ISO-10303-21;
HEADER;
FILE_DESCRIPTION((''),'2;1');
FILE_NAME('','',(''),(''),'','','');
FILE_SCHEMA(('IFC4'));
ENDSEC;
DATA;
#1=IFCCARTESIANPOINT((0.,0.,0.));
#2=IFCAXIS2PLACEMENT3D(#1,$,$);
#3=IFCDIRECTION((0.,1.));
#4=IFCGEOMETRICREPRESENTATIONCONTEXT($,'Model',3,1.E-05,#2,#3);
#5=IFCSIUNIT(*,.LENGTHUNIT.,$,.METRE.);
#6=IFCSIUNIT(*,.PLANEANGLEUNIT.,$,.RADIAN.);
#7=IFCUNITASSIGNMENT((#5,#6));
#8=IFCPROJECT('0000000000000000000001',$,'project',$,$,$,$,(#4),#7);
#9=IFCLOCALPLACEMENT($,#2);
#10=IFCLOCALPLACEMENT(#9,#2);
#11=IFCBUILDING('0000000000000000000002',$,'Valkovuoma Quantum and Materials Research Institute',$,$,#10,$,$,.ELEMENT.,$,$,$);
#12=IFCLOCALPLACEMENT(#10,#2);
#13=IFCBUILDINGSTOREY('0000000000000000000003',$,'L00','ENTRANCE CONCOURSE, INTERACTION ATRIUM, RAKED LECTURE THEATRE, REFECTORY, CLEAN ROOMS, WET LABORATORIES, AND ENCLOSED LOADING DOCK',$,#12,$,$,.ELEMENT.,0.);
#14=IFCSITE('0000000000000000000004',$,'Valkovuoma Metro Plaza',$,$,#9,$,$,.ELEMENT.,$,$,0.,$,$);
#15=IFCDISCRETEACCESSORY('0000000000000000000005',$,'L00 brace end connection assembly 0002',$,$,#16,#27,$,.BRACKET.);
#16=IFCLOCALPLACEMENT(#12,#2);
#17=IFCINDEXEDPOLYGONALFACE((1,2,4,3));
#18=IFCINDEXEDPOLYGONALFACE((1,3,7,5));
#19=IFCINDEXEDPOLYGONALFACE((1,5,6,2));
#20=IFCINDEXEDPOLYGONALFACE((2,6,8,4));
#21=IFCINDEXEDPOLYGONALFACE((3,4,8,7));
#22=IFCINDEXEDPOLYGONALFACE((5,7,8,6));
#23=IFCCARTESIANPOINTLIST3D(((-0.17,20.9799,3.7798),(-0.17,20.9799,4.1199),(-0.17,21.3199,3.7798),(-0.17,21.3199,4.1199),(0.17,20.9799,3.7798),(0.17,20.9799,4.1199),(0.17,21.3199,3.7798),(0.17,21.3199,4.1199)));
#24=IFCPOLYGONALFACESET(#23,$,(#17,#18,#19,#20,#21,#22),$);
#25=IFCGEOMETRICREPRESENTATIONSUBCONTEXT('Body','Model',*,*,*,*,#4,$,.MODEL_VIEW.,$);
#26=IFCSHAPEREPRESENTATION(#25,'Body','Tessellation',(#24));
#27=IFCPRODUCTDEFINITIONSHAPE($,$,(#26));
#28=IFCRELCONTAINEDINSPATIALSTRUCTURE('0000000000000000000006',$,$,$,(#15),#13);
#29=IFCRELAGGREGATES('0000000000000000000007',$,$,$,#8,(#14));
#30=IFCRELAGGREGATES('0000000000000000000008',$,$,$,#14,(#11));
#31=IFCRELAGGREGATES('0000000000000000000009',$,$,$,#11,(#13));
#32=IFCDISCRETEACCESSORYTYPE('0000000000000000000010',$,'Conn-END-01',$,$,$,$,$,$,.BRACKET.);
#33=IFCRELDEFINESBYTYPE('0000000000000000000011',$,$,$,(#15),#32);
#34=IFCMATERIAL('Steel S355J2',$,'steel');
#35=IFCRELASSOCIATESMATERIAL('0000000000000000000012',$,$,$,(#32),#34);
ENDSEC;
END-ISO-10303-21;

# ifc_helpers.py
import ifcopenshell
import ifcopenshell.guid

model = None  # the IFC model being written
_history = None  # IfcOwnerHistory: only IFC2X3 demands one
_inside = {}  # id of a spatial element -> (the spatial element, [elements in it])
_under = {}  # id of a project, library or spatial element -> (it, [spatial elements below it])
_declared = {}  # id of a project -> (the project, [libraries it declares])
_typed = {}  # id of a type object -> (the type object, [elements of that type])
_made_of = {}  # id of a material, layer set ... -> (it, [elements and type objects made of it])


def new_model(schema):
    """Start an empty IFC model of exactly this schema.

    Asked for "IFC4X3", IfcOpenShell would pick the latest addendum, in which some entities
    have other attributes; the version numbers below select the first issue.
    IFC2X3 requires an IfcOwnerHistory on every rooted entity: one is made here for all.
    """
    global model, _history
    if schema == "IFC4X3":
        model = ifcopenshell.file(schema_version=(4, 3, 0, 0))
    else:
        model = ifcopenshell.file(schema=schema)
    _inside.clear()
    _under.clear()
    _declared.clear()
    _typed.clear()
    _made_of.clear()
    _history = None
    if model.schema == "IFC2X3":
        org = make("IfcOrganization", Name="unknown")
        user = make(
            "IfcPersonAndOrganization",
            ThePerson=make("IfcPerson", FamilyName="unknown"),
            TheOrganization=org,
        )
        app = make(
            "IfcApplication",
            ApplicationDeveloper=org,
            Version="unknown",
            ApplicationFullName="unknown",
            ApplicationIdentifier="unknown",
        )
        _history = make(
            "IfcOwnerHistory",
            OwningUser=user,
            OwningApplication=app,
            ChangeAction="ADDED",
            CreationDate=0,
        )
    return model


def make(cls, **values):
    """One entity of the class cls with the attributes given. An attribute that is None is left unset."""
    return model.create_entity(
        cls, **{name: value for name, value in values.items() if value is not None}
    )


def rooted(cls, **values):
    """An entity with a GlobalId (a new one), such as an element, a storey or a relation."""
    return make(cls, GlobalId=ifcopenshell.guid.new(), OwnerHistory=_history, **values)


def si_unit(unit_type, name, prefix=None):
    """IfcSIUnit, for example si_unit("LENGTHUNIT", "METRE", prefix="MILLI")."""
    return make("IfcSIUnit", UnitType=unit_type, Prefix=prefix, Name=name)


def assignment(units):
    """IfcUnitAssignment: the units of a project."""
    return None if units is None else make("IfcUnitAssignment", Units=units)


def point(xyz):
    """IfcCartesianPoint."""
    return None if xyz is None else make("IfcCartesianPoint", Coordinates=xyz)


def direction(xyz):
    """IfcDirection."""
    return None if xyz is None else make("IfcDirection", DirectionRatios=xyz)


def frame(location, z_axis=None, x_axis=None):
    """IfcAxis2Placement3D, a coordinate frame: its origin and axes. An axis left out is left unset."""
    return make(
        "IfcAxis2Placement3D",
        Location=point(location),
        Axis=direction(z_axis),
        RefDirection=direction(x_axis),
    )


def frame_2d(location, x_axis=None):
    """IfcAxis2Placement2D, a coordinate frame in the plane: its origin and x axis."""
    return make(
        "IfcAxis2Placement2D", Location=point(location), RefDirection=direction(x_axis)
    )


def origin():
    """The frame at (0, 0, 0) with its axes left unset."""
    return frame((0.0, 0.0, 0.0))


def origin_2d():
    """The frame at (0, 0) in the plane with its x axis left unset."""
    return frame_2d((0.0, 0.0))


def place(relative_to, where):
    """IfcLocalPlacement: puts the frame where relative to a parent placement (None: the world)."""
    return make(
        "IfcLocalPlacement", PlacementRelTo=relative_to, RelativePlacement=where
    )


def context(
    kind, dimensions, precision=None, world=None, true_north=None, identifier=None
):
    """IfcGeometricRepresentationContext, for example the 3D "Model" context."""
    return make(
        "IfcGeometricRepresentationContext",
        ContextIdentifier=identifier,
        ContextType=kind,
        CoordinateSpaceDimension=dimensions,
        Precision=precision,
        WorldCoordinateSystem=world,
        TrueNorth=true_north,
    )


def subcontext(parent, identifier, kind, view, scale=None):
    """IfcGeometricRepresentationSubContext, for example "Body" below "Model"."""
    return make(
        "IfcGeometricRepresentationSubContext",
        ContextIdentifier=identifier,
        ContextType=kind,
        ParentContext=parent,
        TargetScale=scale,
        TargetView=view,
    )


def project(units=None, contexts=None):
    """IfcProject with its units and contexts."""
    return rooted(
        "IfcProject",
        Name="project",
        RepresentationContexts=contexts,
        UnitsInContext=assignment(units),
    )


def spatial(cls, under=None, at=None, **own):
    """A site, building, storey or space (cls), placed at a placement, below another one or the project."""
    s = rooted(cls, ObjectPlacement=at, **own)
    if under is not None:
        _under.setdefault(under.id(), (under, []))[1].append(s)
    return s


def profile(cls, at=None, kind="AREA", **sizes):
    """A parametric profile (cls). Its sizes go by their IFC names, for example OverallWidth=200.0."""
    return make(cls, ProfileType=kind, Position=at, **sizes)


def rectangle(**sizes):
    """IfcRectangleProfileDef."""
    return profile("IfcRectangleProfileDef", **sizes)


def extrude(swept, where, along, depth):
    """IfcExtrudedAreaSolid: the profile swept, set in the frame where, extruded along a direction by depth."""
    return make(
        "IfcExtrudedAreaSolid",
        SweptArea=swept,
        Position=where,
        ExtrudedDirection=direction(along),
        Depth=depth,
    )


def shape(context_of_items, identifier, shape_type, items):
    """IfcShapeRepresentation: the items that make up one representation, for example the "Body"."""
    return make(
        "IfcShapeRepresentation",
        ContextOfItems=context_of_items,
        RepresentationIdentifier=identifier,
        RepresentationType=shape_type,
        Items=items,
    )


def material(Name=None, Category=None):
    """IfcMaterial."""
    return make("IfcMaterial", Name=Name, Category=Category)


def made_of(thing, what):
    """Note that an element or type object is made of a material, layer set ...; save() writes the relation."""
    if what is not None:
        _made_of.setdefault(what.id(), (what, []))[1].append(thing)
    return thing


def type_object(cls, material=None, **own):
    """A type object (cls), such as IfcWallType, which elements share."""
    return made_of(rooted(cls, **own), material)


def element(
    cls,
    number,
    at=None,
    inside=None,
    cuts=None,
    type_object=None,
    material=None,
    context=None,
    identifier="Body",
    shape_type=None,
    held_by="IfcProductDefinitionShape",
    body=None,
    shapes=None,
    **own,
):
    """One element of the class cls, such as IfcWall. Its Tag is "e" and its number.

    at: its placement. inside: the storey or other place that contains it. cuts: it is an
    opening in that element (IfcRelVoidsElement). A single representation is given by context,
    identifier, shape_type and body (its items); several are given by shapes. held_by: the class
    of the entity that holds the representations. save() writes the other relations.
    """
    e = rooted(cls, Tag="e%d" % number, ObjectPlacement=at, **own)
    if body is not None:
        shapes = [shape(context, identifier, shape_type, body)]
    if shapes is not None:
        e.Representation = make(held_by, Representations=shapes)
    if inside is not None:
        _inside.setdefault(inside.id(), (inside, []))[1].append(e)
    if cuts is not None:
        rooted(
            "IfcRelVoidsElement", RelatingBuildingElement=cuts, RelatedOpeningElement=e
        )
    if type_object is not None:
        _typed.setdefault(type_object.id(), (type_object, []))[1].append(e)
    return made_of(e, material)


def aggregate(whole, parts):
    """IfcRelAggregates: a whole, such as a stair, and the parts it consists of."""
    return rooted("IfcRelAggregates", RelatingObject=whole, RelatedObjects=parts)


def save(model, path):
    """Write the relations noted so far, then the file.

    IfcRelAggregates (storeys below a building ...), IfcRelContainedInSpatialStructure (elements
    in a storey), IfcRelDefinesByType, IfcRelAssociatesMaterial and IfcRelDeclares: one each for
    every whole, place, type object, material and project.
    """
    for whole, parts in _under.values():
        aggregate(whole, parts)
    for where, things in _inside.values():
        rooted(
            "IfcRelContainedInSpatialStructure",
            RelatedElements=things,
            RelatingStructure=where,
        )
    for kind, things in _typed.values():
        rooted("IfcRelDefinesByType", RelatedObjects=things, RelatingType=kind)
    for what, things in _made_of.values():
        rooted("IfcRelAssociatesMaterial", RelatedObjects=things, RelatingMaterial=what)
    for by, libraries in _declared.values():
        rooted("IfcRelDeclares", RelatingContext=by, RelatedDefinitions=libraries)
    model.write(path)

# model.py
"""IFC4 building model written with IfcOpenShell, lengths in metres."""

from ifc_helpers import new_model, si_unit, direction, frame, origin, origin_2d, place, context, subcontext, project, spatial, rectangle, extrude, material, type_object, element, save


model = new_model("IFC4")

# Units and contexts
model_context = context("Model", 3, precision=1e-05, world=origin(), true_north=direction((0.0, 1.0)))
body_context = subcontext(model_context, "Body", "Model", "MODEL_VIEW")
ifc_project = project(units=[si_unit("LENGTHUNIT", "METRE"), si_unit("PLANEANGLEUNIT", "RADIAN")], contexts=[model_context])

# Site, building, storey
site_placement = place(None, origin())
site = spatial("IfcSite", under=ifc_project, at=site_placement, Name="Valkovuoma Metro Plaza", CompositionType="ELEMENT", RefElevation=0.0)
building_placement = place(site_placement, origin())
building = spatial("IfcBuilding", under=site, at=building_placement, Name="Valkovuoma Quantum and Materials Research Institute", CompositionType="ELEMENT")
storey_placement = place(building_placement, origin())
storey = spatial("IfcBuildingStorey", under=building, at=storey_placement, Name="L00", Description="ENTRANCE CONCOURSE, INTERACTION ATRIUM, RAKED LECTURE THEATRE, REFECTORY, CLEAN ROOMS, WET LABORATORIES, AND ENCLOSED LOADING DOCK", CompositionType="ELEMENT", Elevation=0.0)

# Discrete accessory
ifc_material_1 = material(Name="Steel S355J2", Category="steel")
discrete_accessory_type = type_object("IfcDiscreteAccessoryType", Name="Conn-END-01", PredefinedType="BRACKET", material=ifc_material_1)
discrete_accessory_placement = place(storey_placement, frame((0.0, 21.1499, 3.7798), z_axis=(0.0, 0.0, 1.0), x_axis=(1.0, 0.0, 0.0)))
element("IfcDiscreteAccessory", 1, at=discrete_accessory_placement, inside=storey, type_object=discrete_accessory_type, Name="L00 brace end connection assembly 0002", PredefinedType="BRACKET", context=body_context, shape_type="SweptSolid", body=[
    extrude(rectangle(XDim=0.3401, YDim=0.3401, at=origin_2d()), origin(), (0.0, 0.0, 1.0), 0.3401),
])

save(model, "model.ifc")
